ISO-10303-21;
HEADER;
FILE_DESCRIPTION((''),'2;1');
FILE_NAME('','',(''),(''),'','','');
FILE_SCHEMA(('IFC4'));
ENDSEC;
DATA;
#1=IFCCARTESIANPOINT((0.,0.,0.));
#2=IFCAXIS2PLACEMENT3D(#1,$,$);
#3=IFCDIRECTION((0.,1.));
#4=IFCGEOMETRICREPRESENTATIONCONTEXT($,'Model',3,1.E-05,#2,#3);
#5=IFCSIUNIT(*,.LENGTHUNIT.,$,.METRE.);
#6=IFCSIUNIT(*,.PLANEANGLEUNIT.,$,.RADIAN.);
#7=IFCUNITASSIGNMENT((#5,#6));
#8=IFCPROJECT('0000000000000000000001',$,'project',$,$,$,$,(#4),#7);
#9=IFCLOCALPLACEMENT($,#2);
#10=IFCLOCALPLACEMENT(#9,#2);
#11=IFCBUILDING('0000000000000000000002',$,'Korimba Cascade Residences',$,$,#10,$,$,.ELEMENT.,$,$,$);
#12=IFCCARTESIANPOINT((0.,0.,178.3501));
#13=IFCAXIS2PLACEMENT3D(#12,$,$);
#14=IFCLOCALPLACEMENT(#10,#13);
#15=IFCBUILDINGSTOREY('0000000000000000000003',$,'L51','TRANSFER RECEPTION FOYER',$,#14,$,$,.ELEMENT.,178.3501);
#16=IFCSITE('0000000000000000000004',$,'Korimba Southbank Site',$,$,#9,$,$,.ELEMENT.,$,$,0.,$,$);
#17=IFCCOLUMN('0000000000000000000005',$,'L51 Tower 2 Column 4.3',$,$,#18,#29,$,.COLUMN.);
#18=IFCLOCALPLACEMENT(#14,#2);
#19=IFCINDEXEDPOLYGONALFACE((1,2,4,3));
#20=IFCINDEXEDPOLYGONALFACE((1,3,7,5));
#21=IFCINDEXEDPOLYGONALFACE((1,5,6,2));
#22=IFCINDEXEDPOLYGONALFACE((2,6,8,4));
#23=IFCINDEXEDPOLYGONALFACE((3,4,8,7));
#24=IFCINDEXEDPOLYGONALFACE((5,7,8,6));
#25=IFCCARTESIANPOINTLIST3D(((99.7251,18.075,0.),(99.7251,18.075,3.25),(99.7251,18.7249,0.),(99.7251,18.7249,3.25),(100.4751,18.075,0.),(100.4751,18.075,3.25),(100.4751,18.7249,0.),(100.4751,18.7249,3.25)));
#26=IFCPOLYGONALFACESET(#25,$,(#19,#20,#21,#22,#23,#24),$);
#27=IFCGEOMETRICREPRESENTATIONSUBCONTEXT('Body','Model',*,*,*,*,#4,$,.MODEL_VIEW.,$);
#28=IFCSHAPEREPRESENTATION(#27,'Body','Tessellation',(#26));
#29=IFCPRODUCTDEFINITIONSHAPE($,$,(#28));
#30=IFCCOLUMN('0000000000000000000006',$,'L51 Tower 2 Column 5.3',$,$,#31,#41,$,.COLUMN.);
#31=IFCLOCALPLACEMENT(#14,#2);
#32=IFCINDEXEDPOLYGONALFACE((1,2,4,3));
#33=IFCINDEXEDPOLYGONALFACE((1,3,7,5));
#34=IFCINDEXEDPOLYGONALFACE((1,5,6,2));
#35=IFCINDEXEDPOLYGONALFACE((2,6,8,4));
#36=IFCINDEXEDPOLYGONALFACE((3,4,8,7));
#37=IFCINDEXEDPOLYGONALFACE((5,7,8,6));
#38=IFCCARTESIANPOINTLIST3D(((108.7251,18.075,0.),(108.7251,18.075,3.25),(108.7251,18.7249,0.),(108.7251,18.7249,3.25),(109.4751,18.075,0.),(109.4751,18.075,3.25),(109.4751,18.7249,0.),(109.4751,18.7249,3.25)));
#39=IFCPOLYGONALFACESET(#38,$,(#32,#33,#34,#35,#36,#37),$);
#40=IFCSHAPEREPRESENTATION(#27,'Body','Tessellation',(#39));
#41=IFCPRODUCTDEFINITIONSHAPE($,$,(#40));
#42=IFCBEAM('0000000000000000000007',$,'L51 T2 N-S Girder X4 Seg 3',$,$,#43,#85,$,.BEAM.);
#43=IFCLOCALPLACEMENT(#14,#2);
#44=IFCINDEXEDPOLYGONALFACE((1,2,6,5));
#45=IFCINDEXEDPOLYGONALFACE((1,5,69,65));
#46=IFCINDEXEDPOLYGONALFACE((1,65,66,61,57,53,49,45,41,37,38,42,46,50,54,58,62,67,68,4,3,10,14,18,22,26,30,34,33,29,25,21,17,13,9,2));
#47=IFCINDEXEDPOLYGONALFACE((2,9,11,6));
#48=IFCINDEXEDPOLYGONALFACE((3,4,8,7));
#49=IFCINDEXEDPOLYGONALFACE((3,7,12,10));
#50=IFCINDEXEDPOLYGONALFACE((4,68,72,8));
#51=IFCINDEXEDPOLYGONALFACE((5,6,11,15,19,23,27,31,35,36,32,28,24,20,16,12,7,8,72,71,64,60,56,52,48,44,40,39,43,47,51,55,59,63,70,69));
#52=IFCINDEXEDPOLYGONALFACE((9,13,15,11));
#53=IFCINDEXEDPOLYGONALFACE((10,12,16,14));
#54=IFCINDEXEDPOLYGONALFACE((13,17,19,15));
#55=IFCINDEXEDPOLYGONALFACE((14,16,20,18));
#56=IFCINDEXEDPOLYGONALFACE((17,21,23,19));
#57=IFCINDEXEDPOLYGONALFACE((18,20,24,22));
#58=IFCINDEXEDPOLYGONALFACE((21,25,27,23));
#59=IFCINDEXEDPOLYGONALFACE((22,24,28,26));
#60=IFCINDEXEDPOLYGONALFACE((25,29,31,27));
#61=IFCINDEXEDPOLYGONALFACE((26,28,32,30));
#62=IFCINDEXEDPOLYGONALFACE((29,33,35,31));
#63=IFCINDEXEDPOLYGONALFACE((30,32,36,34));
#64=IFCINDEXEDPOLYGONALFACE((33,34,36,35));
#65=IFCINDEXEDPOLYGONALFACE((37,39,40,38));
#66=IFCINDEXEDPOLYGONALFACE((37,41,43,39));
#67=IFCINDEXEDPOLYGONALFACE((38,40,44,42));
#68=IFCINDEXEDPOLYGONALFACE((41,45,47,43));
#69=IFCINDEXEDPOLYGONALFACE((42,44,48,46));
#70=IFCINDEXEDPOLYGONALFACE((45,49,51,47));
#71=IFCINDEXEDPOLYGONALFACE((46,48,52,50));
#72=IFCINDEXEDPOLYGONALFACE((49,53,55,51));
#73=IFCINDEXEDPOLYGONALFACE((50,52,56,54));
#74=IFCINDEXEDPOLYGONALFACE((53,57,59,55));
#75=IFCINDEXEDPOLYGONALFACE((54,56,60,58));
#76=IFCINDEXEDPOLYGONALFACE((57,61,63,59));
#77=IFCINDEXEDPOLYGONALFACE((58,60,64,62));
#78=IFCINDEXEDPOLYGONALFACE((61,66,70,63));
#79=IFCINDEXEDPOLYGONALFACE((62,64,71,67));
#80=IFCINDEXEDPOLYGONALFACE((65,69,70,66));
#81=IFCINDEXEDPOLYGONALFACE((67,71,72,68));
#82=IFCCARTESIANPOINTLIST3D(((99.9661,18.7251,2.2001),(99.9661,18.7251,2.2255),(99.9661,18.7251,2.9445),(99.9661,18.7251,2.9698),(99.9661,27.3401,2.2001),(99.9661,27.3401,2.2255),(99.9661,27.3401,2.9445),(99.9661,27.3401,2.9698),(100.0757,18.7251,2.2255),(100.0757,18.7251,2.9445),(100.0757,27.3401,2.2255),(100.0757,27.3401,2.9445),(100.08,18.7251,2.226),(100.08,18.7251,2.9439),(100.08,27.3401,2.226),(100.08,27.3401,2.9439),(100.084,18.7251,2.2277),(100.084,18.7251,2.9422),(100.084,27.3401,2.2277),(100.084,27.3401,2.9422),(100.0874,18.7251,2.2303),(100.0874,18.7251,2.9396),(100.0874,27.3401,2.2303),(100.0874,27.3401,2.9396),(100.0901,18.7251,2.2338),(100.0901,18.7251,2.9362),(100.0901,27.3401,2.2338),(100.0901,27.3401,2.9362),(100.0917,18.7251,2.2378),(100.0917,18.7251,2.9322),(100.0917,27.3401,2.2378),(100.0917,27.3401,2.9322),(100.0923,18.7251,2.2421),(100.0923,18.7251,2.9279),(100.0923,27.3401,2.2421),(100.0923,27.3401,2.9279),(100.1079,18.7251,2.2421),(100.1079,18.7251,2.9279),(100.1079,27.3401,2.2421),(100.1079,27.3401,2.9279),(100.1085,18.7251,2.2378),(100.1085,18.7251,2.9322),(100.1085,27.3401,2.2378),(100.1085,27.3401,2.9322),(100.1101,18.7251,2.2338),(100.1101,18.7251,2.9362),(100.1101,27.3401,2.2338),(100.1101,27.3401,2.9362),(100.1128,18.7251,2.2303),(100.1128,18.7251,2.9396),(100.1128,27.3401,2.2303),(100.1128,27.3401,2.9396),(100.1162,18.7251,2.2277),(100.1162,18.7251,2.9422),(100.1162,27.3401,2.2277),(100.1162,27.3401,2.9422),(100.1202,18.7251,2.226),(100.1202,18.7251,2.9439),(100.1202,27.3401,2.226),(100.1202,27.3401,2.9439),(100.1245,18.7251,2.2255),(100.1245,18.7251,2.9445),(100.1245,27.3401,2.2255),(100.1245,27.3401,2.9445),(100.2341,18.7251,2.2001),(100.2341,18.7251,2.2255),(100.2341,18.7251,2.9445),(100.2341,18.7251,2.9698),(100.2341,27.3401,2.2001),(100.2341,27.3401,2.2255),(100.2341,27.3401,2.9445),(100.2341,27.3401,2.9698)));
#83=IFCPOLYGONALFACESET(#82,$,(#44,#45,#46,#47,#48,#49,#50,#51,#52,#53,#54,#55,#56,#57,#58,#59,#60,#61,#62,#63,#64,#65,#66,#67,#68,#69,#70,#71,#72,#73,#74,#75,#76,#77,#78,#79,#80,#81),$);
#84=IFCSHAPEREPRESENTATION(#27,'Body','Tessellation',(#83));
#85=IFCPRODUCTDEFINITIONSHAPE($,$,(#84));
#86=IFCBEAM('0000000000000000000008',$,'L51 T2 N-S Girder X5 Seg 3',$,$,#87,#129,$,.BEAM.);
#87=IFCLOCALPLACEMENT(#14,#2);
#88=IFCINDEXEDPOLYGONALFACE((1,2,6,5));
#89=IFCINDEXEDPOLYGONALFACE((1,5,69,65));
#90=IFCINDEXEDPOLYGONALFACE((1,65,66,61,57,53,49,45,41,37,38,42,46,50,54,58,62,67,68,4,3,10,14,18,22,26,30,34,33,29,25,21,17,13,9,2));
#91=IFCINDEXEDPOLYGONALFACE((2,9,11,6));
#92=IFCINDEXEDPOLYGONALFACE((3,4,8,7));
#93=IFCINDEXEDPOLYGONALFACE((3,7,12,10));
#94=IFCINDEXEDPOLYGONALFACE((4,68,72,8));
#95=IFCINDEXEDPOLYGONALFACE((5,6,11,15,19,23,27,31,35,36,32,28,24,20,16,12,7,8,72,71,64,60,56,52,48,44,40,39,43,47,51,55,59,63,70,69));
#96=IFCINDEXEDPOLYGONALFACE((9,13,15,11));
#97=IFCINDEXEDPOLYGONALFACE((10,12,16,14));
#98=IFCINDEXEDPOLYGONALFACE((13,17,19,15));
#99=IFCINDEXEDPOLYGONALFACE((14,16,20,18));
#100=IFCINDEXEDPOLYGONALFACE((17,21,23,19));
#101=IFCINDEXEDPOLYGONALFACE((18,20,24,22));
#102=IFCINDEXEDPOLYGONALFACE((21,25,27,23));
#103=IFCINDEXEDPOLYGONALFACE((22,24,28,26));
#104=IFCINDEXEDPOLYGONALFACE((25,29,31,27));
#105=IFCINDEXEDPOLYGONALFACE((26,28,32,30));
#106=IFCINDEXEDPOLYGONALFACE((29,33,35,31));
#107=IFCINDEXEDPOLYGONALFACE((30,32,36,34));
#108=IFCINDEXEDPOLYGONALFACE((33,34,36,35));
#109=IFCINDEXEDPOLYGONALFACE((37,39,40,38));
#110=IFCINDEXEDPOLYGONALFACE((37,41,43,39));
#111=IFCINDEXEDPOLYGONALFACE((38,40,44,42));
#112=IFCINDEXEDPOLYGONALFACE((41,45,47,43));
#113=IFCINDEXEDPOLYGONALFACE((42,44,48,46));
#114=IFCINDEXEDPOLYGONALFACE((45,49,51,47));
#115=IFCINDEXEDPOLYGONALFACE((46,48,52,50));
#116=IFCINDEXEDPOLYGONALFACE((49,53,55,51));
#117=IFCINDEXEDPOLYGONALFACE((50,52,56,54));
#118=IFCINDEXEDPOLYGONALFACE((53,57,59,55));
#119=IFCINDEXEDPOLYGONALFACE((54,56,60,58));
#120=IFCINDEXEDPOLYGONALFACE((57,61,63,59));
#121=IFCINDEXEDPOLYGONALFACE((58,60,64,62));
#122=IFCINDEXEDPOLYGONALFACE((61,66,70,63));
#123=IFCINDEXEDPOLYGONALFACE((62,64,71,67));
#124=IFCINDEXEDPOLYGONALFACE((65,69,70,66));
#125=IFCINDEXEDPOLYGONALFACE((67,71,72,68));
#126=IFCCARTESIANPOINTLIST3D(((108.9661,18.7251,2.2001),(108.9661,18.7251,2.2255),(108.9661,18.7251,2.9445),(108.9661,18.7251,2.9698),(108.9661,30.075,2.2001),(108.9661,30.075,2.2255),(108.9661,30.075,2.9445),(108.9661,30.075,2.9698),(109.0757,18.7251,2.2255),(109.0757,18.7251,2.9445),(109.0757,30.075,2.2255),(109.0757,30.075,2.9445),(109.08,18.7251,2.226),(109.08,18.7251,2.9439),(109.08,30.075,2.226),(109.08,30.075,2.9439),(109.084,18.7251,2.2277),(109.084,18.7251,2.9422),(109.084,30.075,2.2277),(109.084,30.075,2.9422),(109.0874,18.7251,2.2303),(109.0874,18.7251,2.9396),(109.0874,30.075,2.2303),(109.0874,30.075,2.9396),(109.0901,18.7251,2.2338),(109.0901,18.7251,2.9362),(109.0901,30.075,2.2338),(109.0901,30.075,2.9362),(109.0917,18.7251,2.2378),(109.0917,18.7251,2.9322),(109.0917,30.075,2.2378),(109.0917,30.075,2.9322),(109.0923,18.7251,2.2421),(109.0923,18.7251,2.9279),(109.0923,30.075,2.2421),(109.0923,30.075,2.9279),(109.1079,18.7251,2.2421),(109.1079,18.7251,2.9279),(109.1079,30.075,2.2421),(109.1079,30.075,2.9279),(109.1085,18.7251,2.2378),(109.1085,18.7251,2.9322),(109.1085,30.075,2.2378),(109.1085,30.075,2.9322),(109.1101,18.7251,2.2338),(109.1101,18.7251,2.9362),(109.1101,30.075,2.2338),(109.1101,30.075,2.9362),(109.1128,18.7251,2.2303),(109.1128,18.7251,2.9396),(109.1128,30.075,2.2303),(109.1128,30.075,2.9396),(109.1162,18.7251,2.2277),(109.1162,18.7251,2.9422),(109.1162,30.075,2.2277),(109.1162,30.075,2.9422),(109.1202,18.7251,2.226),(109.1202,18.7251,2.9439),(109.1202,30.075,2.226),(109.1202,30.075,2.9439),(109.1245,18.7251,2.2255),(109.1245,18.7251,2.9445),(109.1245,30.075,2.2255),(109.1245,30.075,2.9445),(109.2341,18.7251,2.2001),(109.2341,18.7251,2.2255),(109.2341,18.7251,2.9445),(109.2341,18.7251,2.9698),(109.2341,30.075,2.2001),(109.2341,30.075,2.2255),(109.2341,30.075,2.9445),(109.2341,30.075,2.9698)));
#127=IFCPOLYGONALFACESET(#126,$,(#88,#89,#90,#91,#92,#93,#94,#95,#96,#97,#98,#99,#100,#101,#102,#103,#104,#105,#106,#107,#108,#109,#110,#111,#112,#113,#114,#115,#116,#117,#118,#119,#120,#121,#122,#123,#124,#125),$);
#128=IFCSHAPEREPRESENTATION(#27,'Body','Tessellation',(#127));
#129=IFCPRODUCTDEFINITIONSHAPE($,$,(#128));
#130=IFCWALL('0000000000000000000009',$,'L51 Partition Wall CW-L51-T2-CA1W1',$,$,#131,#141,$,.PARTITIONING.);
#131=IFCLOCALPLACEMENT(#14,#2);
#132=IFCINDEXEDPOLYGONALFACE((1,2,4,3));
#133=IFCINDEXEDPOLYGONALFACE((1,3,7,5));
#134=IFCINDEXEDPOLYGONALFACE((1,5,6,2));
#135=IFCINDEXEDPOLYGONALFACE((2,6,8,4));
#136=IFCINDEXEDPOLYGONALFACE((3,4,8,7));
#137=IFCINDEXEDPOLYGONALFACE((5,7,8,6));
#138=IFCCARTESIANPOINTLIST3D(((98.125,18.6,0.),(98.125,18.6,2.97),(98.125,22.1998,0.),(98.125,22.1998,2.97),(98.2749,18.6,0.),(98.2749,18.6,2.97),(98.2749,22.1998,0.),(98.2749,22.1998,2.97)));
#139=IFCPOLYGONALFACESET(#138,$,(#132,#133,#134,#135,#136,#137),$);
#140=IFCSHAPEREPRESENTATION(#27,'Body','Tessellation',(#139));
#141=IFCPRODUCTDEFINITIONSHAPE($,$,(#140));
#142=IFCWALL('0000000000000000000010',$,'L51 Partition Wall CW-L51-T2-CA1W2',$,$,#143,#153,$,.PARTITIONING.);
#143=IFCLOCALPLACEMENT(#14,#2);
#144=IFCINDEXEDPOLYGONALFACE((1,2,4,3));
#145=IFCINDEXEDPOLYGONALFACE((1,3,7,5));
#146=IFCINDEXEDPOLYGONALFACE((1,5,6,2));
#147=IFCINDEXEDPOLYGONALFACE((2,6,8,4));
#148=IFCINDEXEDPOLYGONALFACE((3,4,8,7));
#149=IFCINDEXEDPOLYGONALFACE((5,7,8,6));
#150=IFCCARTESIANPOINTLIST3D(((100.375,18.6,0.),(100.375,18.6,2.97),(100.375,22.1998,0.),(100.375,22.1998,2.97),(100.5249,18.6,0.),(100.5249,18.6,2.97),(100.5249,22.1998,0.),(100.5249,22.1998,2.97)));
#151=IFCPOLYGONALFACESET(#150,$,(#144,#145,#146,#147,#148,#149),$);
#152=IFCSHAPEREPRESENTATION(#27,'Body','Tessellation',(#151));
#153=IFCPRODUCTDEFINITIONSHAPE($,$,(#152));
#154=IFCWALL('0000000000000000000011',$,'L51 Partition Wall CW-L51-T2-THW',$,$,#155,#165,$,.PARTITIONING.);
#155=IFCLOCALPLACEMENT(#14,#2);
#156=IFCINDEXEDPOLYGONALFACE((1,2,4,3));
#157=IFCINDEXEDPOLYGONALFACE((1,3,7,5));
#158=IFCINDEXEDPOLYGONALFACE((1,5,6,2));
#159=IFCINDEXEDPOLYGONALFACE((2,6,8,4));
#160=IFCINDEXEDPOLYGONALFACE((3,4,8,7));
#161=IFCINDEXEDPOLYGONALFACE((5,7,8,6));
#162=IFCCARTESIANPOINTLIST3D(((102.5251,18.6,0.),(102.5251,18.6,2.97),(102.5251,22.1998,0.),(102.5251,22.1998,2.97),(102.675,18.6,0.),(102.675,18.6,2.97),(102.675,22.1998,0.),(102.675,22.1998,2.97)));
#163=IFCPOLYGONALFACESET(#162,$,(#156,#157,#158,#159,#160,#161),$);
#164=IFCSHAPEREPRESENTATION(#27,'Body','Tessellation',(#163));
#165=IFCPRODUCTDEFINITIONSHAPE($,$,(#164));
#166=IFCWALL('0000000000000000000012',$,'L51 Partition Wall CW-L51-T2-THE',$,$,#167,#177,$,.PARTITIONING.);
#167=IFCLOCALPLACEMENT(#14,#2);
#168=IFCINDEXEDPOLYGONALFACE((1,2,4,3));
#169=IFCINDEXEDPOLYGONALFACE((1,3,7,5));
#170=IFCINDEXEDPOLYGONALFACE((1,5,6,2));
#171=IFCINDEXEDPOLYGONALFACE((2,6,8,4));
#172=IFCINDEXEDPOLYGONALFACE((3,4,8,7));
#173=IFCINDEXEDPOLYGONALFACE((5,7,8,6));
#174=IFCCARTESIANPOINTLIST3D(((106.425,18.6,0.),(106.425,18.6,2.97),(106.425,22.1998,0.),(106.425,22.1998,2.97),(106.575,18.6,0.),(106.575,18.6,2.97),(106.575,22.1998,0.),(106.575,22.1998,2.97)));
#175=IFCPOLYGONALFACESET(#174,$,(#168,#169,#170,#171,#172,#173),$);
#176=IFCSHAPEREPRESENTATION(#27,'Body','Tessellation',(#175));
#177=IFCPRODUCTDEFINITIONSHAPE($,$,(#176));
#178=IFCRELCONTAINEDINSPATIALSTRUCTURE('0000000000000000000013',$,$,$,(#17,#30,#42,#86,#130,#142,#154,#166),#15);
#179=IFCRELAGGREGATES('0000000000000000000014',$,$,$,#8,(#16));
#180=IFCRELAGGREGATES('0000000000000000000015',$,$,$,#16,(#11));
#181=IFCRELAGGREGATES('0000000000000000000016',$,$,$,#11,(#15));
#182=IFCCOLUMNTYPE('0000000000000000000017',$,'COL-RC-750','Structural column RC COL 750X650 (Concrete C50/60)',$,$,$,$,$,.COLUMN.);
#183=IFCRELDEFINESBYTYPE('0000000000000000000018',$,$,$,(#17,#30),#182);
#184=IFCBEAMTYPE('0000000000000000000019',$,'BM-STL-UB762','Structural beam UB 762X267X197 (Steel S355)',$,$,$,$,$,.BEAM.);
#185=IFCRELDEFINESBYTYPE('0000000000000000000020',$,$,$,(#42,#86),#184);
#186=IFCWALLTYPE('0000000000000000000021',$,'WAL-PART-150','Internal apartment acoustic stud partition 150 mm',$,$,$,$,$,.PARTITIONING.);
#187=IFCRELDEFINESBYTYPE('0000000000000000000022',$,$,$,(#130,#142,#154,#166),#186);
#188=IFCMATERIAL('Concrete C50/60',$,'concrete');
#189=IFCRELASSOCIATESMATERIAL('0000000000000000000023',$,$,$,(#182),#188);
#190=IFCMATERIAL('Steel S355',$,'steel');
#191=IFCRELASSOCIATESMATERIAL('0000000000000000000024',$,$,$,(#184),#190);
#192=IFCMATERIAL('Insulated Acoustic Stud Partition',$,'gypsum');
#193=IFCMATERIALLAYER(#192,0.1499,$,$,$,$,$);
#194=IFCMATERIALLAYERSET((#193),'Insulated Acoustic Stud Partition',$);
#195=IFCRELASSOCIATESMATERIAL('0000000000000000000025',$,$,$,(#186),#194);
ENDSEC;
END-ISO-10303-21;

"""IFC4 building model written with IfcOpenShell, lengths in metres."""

from ifc_helpers import new_model, si_unit, direction, frame, frame_2d, origin, origin_2d, place, context, subcontext, project, spatial, rectangle, i_section, extrude, material, layer, layer_set, material_profile, profile_set, type_object, element, save


model = new_model("IFC4")

# Units and contexts
model_context = context("Model", 3, precision=1e-05, world=origin(), true_north=direction((0.0, 1.0)))
body_context = subcontext(model_context, "Body", "Model", "MODEL_VIEW")
ifc_project = project(units=[si_unit("LENGTHUNIT", "METRE"), si_unit("PLANEANGLEUNIT", "RADIAN")], contexts=[model_context])

# Site, building, storey
site_placement = place(None, origin())
site = spatial("IfcSite", under=ifc_project, at=site_placement, Name="Korimba Southbank Site", CompositionType="ELEMENT", RefElevation=0.0)
building_placement = place(site_placement, origin())
building = spatial("IfcBuilding", under=site, at=building_placement, Name="Korimba Cascade Residences", CompositionType="ELEMENT")
storey_placement = place(building_placement, frame((0.0, 0.0, 178.3501)))
storey = spatial("IfcBuildingStorey", under=building, at=storey_placement, Name="L51", Description="TRANSFER RECEPTION FOYER", CompositionType="ELEMENT", Elevation=178.3501)

# Columns
ifc_material_1 = material(Name="Concrete C50/60", Category="concrete")
ifc_material_profile_1 = material_profile(ifc_material_1, rectangle(XDim=0.75, YDim=0.6499, at=origin_2d()), Name="Concrete C50/60")
ifc_profile_set_1 = profile_set([ifc_material_profile_1], Name="Concrete C50/60")
column_type = type_object("IfcColumnType", Name="COL-RC-750", Description="Structural column RC COL 750X650 (Concrete C50/60)", PredefinedType="COLUMN", material=ifc_profile_set_1)
for number, where, z_axis, x_axis, name in (
    (1, (100.1001, 18.3999, 0.0), (0.0, 0.0, 1.0), (1.0, 0.0, 0.0), "L51 Tower 2 Column 4.3"),
    (2, (109.1001, 18.3999, 0.0), (0.0, 0.0, 1.0), (1.0, 0.0, 0.0), "L51 Tower 2 Column 5.3"),
):
    element("IfcColumn", number, at=place(storey_placement, frame(where, z_axis=z_axis, x_axis=x_axis)), inside=storey, type_object=column_type, Name=name, PredefinedType="COLUMN", context=body_context, shape_type="SweptSolid", body=[
        extrude(rectangle(XDim=0.75, YDim=0.6499, at=origin_2d()), origin(), (0.0, 0.0, 1.0), 3.25),
    ])

# Beams
ifc_material_2 = material(Name="Steel S355", Category="steel")
ifc_material_profile_2 = material_profile(ifc_material_2, i_section(OverallWidth=0.2681, OverallDepth=0.7698, WebThickness=0.0156, FlangeThickness=0.0254, FilletRadius=0.0166, at=origin_2d()), Name="Steel S355")
ifc_profile_set_2 = profile_set([ifc_material_profile_2], Name="Steel S355")
beam_type = type_object("IfcBeamType", Name="BM-STL-UB762", Description="Structural beam UB 762X267X197 (Steel S355)", PredefinedType="BEAM", material=ifc_profile_set_2)
beam_1_placement = place(storey_placement, frame((100.1001, 18.7251, 2.585), z_axis=(0.0, 1.0, 0.0), x_axis=(-1.0, 0.0, 0.0)))
element("IfcBeam", 3, at=beam_1_placement, inside=storey, type_object=beam_type, Name="L51 T2 N-S Girder X4 Seg 3", PredefinedType="BEAM", context=body_context, shape_type="SweptSolid", body=[
    extrude(i_section(OverallWidth=0.2681, OverallDepth=0.7698, WebThickness=0.0156, FlangeThickness=0.0254, FilletRadius=0.0166, at=origin_2d()), origin(), (0.0, 0.0, 1.0), 8.615),
])
beam_2_placement = place(storey_placement, frame((109.1001, 18.7251, 2.585), z_axis=(0.0, 1.0, 0.0), x_axis=(-1.0, 0.0, 0.0)))
element("IfcBeam", 4, at=beam_2_placement, inside=storey, type_object=beam_type, Name="L51 T2 N-S Girder X5 Seg 3", PredefinedType="BEAM", context=body_context, shape_type="SweptSolid", body=[
    extrude(i_section(OverallWidth=0.2681, OverallDepth=0.7698, WebThickness=0.0156, FlangeThickness=0.0254, FilletRadius=0.0166, at=origin_2d()), origin(), (0.0, 0.0, 1.0), 11.3499),
])

# Walls
ifc_material_3 = material(Name="Insulated Acoustic Stud Partition", Category="gypsum")
ifc_layer_1 = layer(ifc_material_3, 0.1499)
ifc_layer_set_1 = layer_set([ifc_layer_1], Name="Insulated Acoustic Stud Partition")
wall_type_1 = type_object("IfcWallType", Name="WAL-PART-150", Description="Internal apartment acoustic stud partition 150 mm", PredefinedType="PARTITIONING", material=ifc_layer_set_1)
for number, where, z_axis, x_axis, name in (
    (5, (98.2, 18.6001, 0.0), (0.0, 0.0, 1.0), (0.0, 1.0, 0.0), "L51 Partition Wall CW-L51-T2-CA1W1"),
    (6, (100.45, 18.6001, 0.0), (0.0, 0.0, 1.0), (0.0, 1.0, 0.0), "L51 Partition Wall CW-L51-T2-CA1W2"),
    (7, (102.6001, 18.6001, 0.0), (0.0, 0.0, 1.0), (0.0, 1.0, 0.0), "L51 Partition Wall CW-L51-T2-THW"),
    (8, (106.5, 18.6001, 0.0), (0.0, 0.0, 1.0), (0.0, 1.0, 0.0), "L51 Partition Wall CW-L51-T2-THE"),
):
    element("IfcWall", number, at=place(storey_placement, frame(where, z_axis=z_axis, x_axis=x_axis)), inside=storey, type_object=wall_type_1, Name=name, PredefinedType="PARTITIONING", context=body_context, shape_type="SweptSolid", body=[
        extrude(rectangle(XDim=3.5999, YDim=0.1499, at=frame_2d((1.7998, 0.0))), origin(), (0.0, 0.0, 1.0), 2.97),
    ])

save(model, "model.ifc")
